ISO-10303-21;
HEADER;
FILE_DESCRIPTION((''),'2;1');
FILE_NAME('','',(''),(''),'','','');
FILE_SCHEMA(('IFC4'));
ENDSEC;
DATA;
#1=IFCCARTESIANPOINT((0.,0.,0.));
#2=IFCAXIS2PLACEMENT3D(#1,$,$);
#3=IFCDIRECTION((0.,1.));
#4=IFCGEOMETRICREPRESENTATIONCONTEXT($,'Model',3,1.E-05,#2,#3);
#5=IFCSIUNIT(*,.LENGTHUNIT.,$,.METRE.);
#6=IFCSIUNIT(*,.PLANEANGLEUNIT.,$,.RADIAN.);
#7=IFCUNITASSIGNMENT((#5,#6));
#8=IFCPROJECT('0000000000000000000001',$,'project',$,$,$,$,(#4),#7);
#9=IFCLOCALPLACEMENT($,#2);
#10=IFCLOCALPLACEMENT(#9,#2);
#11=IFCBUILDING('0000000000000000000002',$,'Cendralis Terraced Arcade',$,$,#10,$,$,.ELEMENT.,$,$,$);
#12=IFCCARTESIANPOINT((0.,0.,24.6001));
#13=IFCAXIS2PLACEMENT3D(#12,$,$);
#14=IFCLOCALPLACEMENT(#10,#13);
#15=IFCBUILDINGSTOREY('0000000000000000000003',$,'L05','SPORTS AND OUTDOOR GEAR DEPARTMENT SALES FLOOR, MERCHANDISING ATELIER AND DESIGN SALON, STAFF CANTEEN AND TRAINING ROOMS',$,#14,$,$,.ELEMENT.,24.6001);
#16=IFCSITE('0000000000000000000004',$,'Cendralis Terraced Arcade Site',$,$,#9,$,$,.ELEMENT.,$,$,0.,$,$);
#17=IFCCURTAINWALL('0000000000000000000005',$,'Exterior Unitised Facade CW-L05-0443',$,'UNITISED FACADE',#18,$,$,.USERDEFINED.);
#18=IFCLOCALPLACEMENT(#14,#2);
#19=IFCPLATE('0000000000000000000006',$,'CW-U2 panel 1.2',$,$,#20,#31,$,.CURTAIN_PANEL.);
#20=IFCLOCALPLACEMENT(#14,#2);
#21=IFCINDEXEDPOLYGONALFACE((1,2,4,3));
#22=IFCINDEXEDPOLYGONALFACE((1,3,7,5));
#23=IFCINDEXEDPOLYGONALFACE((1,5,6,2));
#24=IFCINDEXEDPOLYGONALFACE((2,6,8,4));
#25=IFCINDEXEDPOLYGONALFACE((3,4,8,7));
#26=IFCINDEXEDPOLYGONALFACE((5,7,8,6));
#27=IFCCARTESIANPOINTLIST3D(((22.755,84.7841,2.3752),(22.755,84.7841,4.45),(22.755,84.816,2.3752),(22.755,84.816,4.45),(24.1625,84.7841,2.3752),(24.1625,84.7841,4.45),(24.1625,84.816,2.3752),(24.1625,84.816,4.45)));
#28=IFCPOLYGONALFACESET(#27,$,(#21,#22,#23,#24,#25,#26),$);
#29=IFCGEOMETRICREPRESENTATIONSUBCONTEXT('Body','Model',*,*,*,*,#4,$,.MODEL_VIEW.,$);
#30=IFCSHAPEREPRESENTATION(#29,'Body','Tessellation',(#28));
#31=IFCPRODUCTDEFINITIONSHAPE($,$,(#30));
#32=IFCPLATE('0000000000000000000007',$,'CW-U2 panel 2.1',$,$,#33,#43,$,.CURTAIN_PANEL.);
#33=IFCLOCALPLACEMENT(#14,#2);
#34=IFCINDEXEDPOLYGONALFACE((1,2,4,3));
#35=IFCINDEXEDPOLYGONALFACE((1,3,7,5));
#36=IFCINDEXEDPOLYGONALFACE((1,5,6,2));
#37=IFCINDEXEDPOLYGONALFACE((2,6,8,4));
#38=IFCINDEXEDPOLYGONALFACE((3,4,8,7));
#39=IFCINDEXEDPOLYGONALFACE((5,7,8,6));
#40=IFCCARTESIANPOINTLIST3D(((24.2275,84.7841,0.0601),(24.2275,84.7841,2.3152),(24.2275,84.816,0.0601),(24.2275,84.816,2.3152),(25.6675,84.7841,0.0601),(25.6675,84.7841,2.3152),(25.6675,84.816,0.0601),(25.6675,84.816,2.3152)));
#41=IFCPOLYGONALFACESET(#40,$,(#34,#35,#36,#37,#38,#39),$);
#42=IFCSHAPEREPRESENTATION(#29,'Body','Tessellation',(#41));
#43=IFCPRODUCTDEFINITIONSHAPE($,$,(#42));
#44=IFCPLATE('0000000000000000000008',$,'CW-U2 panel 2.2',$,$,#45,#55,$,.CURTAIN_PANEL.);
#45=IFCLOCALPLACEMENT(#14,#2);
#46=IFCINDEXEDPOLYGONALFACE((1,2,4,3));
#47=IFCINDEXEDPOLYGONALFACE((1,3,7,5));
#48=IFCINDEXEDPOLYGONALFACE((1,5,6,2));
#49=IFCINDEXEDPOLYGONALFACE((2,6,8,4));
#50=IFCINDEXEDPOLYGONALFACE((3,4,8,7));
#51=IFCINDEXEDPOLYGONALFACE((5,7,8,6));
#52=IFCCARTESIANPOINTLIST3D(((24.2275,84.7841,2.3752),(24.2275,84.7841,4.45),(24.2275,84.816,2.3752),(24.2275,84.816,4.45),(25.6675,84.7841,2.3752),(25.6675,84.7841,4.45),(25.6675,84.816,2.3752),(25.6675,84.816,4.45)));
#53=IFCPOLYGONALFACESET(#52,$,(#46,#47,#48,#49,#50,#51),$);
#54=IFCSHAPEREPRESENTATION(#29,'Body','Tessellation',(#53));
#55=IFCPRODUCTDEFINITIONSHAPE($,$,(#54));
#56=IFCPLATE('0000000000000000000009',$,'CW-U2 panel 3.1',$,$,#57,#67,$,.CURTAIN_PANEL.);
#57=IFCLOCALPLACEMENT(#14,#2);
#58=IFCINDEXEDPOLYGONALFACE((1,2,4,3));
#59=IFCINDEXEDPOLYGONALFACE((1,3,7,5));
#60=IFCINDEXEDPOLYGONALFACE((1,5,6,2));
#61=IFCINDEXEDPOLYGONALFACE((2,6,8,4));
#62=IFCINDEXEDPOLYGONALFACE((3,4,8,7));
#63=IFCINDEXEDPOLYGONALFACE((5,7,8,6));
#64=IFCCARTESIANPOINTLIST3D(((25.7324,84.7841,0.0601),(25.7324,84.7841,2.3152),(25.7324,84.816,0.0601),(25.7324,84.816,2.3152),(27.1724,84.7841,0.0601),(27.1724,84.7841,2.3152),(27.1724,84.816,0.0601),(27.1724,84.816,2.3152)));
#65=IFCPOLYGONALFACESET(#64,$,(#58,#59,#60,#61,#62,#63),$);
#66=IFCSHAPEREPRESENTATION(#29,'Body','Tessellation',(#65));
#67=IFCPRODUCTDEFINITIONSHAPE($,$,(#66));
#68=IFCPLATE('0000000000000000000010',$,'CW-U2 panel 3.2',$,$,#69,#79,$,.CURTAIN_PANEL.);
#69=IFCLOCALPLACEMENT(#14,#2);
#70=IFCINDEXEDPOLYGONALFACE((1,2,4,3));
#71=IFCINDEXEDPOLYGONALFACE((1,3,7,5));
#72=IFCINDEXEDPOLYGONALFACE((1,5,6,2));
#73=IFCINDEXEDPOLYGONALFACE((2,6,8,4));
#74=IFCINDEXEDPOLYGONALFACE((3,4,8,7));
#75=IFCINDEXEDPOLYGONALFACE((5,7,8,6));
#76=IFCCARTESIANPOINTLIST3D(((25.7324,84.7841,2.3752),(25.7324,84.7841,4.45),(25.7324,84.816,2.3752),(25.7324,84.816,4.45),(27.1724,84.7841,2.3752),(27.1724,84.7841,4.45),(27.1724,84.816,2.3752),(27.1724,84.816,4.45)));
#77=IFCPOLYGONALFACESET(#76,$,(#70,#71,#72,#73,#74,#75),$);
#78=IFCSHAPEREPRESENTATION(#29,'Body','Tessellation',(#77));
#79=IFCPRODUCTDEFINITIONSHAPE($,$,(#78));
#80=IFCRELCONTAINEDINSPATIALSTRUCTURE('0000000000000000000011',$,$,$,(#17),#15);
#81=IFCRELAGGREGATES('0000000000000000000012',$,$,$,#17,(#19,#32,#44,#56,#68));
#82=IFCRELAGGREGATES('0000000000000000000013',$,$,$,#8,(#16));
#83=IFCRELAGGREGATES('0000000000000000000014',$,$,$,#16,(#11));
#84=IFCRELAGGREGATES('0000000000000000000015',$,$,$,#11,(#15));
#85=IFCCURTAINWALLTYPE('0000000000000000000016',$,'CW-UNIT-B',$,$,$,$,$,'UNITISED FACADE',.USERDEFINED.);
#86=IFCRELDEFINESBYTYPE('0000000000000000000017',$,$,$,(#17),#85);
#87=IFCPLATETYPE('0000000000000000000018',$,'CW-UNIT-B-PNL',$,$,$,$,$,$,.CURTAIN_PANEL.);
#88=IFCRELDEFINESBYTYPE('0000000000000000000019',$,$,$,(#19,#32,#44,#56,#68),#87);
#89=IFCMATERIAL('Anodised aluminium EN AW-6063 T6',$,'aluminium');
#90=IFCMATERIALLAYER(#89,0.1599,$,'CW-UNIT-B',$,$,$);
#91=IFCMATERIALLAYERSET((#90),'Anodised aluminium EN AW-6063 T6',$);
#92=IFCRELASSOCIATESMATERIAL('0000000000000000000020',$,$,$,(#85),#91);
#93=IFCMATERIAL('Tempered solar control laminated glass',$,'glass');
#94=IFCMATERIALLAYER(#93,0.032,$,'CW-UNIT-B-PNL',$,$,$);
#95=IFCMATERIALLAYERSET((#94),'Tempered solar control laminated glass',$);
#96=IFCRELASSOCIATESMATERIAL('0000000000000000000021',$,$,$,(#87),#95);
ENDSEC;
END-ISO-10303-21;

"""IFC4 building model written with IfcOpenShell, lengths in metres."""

from ifc_helpers import new_model, si_unit, direction, frame, origin, origin_2d, place, context, subcontext, project, spatial, rectangle, extrude, material, layer, layer_set, type_object, element, aggregate, save


model = new_model("IFC4")

# Units and contexts
model_context = context("Model", 3, precision=1e-05, world=origin(), true_north=direction((0.0, 1.0)))
body_context = subcontext(model_context, "Body", "Model", "MODEL_VIEW")
ifc_project = project(units=[si_unit("LENGTHUNIT", "METRE"), si_unit("PLANEANGLEUNIT", "RADIAN")], contexts=[model_context])

# Site, building, storey
site_placement = place(None, origin())
site = spatial("IfcSite", under=ifc_project, at=site_placement, Name="Cendralis Terraced Arcade Site", CompositionType="ELEMENT", RefElevation=0.0)
building_placement = place(site_placement, origin())
building = spatial("IfcBuilding", under=site, at=building_placement, Name="Cendralis Terraced Arcade", CompositionType="ELEMENT")
storey_placement = place(building_placement, frame((0.0, 0.0, 24.6001)))
storey = spatial("IfcBuildingStorey", under=building, at=storey_placement, Name="L05", Description="SPORTS AND OUTDOOR GEAR DEPARTMENT SALES FLOOR, MERCHANDISING ATELIER AND DESIGN SALON, STAFF CANTEEN AND TRAINING ROOMS", CompositionType="ELEMENT", Elevation=24.6001)

# Shared definitions
ifc_material_1 = material(Name="Anodised aluminium EN AW-6063 T6", Category="aluminium")

# Curtain wall
ifc_layer_1 = layer(ifc_material_1, 0.1599, Name="CW-UNIT-B")
ifc_layer_set_1 = layer_set([ifc_layer_1], Name="Anodised aluminium EN AW-6063 T6")
curtain_wall_type_1 = type_object("IfcCurtainWallType", Name="CW-UNIT-B", ElementType="UNITISED FACADE", PredefinedType="USERDEFINED", material=ifc_layer_set_1)
curtain_wall_1_placement = place(storey_placement, origin())
curtain_wall_1 = element("IfcCurtainWall", 1, at=curtain_wall_1_placement, inside=storey, type_object=curtain_wall_type_1, Name="Exterior Unitised Facade CW-L05-0443", ObjectType="UNITISED FACADE", PredefinedType="USERDEFINED")

# Plates
ifc_material_2 = material(Name="Tempered solar control laminated glass", Category="glass")
ifc_layer_2 = layer(ifc_material_2, 0.032, Name="CW-UNIT-B-PNL")
ifc_layer_set_2 = layer_set([ifc_layer_2], Name="Tempered solar control laminated glass")
plate_type_1 = type_object("IfcPlateType", Name="CW-UNIT-B-PNL", PredefinedType="CURTAIN_PANEL", material=ifc_layer_set_2)
plate_1_placement = place(storey_placement, frame((23.4587, 84.8, 2.3752), z_axis=(0.0, 0.0, 1.0), x_axis=(1.0, 0.0, 0.0)))
plate_1 = element("IfcPlate", 2, at=plate_1_placement, type_object=plate_type_1, Name="CW-U2 panel 1.2", PredefinedType="CURTAIN_PANEL", context=body_context, shape_type="SweptSolid", body=[
    extrude(rectangle(XDim=1.4075, YDim=0.032, at=origin_2d()), origin(), (0.0, 0.0, 1.0), 2.0747),
])
plate_2_placement = place(storey_placement, frame((24.9475, 84.8, 0.0601), z_axis=(0.0, 0.0, 1.0), x_axis=(1.0, 0.0, 0.0)))
plate_2 = element("IfcPlate", 3, at=plate_2_placement, type_object=plate_type_1, Name="CW-U2 panel 2.1", PredefinedType="CURTAIN_PANEL", context=body_context, shape_type="SweptSolid", body=[
    extrude(rectangle(XDim=1.4399, YDim=0.032, at=origin_2d()), origin(), (0.0, 0.0, 1.0), 2.2551),
])
plate_3_placement = place(storey_placement, frame((24.9475, 84.8, 2.3752), z_axis=(0.0, 0.0, 1.0), x_axis=(1.0, 0.0, 0.0)))
plate_3 = element("IfcPlate", 4, at=plate_3_placement, type_object=plate_type_1, Name="CW-U2 panel 2.2", PredefinedType="CURTAIN_PANEL", context=body_context, shape_type="SweptSolid", body=[
    extrude(rectangle(XDim=1.4399, YDim=0.032, at=origin_2d()), origin(), (0.0, 0.0, 1.0), 2.0747),
])
plate_4_placement = place(storey_placement, frame((26.4524, 84.8, 0.0601), z_axis=(0.0, 0.0, 1.0), x_axis=(1.0, 0.0, 0.0)))
plate_4 = element("IfcPlate", 5, at=plate_4_placement, type_object=plate_type_1, Name="CW-U2 panel 3.1", PredefinedType="CURTAIN_PANEL", context=body_context, shape_type="SweptSolid", body=[
    extrude(rectangle(XDim=1.4399, YDim=0.032, at=origin_2d()), origin(), (0.0, 0.0, 1.0), 2.2551),
])
plate_5_placement = place(storey_placement, frame((26.4524, 84.8, 2.3752), z_axis=(0.0, 0.0, 1.0), x_axis=(1.0, 0.0, 0.0)))
plate_5 = element("IfcPlate", 6, at=plate_5_placement, type_object=plate_type_1, Name="CW-U2 panel 3.2", PredefinedType="CURTAIN_PANEL", context=body_context, shape_type="SweptSolid", body=[
    extrude(rectangle(XDim=1.4399, YDim=0.032, at=origin_2d()), origin(), (0.0, 0.0, 1.0), 2.0747),
])
aggregate(curtain_wall_1, [plate_1, plate_2, plate_3, plate_4, plate_5])

save(model, "model.ifc")
